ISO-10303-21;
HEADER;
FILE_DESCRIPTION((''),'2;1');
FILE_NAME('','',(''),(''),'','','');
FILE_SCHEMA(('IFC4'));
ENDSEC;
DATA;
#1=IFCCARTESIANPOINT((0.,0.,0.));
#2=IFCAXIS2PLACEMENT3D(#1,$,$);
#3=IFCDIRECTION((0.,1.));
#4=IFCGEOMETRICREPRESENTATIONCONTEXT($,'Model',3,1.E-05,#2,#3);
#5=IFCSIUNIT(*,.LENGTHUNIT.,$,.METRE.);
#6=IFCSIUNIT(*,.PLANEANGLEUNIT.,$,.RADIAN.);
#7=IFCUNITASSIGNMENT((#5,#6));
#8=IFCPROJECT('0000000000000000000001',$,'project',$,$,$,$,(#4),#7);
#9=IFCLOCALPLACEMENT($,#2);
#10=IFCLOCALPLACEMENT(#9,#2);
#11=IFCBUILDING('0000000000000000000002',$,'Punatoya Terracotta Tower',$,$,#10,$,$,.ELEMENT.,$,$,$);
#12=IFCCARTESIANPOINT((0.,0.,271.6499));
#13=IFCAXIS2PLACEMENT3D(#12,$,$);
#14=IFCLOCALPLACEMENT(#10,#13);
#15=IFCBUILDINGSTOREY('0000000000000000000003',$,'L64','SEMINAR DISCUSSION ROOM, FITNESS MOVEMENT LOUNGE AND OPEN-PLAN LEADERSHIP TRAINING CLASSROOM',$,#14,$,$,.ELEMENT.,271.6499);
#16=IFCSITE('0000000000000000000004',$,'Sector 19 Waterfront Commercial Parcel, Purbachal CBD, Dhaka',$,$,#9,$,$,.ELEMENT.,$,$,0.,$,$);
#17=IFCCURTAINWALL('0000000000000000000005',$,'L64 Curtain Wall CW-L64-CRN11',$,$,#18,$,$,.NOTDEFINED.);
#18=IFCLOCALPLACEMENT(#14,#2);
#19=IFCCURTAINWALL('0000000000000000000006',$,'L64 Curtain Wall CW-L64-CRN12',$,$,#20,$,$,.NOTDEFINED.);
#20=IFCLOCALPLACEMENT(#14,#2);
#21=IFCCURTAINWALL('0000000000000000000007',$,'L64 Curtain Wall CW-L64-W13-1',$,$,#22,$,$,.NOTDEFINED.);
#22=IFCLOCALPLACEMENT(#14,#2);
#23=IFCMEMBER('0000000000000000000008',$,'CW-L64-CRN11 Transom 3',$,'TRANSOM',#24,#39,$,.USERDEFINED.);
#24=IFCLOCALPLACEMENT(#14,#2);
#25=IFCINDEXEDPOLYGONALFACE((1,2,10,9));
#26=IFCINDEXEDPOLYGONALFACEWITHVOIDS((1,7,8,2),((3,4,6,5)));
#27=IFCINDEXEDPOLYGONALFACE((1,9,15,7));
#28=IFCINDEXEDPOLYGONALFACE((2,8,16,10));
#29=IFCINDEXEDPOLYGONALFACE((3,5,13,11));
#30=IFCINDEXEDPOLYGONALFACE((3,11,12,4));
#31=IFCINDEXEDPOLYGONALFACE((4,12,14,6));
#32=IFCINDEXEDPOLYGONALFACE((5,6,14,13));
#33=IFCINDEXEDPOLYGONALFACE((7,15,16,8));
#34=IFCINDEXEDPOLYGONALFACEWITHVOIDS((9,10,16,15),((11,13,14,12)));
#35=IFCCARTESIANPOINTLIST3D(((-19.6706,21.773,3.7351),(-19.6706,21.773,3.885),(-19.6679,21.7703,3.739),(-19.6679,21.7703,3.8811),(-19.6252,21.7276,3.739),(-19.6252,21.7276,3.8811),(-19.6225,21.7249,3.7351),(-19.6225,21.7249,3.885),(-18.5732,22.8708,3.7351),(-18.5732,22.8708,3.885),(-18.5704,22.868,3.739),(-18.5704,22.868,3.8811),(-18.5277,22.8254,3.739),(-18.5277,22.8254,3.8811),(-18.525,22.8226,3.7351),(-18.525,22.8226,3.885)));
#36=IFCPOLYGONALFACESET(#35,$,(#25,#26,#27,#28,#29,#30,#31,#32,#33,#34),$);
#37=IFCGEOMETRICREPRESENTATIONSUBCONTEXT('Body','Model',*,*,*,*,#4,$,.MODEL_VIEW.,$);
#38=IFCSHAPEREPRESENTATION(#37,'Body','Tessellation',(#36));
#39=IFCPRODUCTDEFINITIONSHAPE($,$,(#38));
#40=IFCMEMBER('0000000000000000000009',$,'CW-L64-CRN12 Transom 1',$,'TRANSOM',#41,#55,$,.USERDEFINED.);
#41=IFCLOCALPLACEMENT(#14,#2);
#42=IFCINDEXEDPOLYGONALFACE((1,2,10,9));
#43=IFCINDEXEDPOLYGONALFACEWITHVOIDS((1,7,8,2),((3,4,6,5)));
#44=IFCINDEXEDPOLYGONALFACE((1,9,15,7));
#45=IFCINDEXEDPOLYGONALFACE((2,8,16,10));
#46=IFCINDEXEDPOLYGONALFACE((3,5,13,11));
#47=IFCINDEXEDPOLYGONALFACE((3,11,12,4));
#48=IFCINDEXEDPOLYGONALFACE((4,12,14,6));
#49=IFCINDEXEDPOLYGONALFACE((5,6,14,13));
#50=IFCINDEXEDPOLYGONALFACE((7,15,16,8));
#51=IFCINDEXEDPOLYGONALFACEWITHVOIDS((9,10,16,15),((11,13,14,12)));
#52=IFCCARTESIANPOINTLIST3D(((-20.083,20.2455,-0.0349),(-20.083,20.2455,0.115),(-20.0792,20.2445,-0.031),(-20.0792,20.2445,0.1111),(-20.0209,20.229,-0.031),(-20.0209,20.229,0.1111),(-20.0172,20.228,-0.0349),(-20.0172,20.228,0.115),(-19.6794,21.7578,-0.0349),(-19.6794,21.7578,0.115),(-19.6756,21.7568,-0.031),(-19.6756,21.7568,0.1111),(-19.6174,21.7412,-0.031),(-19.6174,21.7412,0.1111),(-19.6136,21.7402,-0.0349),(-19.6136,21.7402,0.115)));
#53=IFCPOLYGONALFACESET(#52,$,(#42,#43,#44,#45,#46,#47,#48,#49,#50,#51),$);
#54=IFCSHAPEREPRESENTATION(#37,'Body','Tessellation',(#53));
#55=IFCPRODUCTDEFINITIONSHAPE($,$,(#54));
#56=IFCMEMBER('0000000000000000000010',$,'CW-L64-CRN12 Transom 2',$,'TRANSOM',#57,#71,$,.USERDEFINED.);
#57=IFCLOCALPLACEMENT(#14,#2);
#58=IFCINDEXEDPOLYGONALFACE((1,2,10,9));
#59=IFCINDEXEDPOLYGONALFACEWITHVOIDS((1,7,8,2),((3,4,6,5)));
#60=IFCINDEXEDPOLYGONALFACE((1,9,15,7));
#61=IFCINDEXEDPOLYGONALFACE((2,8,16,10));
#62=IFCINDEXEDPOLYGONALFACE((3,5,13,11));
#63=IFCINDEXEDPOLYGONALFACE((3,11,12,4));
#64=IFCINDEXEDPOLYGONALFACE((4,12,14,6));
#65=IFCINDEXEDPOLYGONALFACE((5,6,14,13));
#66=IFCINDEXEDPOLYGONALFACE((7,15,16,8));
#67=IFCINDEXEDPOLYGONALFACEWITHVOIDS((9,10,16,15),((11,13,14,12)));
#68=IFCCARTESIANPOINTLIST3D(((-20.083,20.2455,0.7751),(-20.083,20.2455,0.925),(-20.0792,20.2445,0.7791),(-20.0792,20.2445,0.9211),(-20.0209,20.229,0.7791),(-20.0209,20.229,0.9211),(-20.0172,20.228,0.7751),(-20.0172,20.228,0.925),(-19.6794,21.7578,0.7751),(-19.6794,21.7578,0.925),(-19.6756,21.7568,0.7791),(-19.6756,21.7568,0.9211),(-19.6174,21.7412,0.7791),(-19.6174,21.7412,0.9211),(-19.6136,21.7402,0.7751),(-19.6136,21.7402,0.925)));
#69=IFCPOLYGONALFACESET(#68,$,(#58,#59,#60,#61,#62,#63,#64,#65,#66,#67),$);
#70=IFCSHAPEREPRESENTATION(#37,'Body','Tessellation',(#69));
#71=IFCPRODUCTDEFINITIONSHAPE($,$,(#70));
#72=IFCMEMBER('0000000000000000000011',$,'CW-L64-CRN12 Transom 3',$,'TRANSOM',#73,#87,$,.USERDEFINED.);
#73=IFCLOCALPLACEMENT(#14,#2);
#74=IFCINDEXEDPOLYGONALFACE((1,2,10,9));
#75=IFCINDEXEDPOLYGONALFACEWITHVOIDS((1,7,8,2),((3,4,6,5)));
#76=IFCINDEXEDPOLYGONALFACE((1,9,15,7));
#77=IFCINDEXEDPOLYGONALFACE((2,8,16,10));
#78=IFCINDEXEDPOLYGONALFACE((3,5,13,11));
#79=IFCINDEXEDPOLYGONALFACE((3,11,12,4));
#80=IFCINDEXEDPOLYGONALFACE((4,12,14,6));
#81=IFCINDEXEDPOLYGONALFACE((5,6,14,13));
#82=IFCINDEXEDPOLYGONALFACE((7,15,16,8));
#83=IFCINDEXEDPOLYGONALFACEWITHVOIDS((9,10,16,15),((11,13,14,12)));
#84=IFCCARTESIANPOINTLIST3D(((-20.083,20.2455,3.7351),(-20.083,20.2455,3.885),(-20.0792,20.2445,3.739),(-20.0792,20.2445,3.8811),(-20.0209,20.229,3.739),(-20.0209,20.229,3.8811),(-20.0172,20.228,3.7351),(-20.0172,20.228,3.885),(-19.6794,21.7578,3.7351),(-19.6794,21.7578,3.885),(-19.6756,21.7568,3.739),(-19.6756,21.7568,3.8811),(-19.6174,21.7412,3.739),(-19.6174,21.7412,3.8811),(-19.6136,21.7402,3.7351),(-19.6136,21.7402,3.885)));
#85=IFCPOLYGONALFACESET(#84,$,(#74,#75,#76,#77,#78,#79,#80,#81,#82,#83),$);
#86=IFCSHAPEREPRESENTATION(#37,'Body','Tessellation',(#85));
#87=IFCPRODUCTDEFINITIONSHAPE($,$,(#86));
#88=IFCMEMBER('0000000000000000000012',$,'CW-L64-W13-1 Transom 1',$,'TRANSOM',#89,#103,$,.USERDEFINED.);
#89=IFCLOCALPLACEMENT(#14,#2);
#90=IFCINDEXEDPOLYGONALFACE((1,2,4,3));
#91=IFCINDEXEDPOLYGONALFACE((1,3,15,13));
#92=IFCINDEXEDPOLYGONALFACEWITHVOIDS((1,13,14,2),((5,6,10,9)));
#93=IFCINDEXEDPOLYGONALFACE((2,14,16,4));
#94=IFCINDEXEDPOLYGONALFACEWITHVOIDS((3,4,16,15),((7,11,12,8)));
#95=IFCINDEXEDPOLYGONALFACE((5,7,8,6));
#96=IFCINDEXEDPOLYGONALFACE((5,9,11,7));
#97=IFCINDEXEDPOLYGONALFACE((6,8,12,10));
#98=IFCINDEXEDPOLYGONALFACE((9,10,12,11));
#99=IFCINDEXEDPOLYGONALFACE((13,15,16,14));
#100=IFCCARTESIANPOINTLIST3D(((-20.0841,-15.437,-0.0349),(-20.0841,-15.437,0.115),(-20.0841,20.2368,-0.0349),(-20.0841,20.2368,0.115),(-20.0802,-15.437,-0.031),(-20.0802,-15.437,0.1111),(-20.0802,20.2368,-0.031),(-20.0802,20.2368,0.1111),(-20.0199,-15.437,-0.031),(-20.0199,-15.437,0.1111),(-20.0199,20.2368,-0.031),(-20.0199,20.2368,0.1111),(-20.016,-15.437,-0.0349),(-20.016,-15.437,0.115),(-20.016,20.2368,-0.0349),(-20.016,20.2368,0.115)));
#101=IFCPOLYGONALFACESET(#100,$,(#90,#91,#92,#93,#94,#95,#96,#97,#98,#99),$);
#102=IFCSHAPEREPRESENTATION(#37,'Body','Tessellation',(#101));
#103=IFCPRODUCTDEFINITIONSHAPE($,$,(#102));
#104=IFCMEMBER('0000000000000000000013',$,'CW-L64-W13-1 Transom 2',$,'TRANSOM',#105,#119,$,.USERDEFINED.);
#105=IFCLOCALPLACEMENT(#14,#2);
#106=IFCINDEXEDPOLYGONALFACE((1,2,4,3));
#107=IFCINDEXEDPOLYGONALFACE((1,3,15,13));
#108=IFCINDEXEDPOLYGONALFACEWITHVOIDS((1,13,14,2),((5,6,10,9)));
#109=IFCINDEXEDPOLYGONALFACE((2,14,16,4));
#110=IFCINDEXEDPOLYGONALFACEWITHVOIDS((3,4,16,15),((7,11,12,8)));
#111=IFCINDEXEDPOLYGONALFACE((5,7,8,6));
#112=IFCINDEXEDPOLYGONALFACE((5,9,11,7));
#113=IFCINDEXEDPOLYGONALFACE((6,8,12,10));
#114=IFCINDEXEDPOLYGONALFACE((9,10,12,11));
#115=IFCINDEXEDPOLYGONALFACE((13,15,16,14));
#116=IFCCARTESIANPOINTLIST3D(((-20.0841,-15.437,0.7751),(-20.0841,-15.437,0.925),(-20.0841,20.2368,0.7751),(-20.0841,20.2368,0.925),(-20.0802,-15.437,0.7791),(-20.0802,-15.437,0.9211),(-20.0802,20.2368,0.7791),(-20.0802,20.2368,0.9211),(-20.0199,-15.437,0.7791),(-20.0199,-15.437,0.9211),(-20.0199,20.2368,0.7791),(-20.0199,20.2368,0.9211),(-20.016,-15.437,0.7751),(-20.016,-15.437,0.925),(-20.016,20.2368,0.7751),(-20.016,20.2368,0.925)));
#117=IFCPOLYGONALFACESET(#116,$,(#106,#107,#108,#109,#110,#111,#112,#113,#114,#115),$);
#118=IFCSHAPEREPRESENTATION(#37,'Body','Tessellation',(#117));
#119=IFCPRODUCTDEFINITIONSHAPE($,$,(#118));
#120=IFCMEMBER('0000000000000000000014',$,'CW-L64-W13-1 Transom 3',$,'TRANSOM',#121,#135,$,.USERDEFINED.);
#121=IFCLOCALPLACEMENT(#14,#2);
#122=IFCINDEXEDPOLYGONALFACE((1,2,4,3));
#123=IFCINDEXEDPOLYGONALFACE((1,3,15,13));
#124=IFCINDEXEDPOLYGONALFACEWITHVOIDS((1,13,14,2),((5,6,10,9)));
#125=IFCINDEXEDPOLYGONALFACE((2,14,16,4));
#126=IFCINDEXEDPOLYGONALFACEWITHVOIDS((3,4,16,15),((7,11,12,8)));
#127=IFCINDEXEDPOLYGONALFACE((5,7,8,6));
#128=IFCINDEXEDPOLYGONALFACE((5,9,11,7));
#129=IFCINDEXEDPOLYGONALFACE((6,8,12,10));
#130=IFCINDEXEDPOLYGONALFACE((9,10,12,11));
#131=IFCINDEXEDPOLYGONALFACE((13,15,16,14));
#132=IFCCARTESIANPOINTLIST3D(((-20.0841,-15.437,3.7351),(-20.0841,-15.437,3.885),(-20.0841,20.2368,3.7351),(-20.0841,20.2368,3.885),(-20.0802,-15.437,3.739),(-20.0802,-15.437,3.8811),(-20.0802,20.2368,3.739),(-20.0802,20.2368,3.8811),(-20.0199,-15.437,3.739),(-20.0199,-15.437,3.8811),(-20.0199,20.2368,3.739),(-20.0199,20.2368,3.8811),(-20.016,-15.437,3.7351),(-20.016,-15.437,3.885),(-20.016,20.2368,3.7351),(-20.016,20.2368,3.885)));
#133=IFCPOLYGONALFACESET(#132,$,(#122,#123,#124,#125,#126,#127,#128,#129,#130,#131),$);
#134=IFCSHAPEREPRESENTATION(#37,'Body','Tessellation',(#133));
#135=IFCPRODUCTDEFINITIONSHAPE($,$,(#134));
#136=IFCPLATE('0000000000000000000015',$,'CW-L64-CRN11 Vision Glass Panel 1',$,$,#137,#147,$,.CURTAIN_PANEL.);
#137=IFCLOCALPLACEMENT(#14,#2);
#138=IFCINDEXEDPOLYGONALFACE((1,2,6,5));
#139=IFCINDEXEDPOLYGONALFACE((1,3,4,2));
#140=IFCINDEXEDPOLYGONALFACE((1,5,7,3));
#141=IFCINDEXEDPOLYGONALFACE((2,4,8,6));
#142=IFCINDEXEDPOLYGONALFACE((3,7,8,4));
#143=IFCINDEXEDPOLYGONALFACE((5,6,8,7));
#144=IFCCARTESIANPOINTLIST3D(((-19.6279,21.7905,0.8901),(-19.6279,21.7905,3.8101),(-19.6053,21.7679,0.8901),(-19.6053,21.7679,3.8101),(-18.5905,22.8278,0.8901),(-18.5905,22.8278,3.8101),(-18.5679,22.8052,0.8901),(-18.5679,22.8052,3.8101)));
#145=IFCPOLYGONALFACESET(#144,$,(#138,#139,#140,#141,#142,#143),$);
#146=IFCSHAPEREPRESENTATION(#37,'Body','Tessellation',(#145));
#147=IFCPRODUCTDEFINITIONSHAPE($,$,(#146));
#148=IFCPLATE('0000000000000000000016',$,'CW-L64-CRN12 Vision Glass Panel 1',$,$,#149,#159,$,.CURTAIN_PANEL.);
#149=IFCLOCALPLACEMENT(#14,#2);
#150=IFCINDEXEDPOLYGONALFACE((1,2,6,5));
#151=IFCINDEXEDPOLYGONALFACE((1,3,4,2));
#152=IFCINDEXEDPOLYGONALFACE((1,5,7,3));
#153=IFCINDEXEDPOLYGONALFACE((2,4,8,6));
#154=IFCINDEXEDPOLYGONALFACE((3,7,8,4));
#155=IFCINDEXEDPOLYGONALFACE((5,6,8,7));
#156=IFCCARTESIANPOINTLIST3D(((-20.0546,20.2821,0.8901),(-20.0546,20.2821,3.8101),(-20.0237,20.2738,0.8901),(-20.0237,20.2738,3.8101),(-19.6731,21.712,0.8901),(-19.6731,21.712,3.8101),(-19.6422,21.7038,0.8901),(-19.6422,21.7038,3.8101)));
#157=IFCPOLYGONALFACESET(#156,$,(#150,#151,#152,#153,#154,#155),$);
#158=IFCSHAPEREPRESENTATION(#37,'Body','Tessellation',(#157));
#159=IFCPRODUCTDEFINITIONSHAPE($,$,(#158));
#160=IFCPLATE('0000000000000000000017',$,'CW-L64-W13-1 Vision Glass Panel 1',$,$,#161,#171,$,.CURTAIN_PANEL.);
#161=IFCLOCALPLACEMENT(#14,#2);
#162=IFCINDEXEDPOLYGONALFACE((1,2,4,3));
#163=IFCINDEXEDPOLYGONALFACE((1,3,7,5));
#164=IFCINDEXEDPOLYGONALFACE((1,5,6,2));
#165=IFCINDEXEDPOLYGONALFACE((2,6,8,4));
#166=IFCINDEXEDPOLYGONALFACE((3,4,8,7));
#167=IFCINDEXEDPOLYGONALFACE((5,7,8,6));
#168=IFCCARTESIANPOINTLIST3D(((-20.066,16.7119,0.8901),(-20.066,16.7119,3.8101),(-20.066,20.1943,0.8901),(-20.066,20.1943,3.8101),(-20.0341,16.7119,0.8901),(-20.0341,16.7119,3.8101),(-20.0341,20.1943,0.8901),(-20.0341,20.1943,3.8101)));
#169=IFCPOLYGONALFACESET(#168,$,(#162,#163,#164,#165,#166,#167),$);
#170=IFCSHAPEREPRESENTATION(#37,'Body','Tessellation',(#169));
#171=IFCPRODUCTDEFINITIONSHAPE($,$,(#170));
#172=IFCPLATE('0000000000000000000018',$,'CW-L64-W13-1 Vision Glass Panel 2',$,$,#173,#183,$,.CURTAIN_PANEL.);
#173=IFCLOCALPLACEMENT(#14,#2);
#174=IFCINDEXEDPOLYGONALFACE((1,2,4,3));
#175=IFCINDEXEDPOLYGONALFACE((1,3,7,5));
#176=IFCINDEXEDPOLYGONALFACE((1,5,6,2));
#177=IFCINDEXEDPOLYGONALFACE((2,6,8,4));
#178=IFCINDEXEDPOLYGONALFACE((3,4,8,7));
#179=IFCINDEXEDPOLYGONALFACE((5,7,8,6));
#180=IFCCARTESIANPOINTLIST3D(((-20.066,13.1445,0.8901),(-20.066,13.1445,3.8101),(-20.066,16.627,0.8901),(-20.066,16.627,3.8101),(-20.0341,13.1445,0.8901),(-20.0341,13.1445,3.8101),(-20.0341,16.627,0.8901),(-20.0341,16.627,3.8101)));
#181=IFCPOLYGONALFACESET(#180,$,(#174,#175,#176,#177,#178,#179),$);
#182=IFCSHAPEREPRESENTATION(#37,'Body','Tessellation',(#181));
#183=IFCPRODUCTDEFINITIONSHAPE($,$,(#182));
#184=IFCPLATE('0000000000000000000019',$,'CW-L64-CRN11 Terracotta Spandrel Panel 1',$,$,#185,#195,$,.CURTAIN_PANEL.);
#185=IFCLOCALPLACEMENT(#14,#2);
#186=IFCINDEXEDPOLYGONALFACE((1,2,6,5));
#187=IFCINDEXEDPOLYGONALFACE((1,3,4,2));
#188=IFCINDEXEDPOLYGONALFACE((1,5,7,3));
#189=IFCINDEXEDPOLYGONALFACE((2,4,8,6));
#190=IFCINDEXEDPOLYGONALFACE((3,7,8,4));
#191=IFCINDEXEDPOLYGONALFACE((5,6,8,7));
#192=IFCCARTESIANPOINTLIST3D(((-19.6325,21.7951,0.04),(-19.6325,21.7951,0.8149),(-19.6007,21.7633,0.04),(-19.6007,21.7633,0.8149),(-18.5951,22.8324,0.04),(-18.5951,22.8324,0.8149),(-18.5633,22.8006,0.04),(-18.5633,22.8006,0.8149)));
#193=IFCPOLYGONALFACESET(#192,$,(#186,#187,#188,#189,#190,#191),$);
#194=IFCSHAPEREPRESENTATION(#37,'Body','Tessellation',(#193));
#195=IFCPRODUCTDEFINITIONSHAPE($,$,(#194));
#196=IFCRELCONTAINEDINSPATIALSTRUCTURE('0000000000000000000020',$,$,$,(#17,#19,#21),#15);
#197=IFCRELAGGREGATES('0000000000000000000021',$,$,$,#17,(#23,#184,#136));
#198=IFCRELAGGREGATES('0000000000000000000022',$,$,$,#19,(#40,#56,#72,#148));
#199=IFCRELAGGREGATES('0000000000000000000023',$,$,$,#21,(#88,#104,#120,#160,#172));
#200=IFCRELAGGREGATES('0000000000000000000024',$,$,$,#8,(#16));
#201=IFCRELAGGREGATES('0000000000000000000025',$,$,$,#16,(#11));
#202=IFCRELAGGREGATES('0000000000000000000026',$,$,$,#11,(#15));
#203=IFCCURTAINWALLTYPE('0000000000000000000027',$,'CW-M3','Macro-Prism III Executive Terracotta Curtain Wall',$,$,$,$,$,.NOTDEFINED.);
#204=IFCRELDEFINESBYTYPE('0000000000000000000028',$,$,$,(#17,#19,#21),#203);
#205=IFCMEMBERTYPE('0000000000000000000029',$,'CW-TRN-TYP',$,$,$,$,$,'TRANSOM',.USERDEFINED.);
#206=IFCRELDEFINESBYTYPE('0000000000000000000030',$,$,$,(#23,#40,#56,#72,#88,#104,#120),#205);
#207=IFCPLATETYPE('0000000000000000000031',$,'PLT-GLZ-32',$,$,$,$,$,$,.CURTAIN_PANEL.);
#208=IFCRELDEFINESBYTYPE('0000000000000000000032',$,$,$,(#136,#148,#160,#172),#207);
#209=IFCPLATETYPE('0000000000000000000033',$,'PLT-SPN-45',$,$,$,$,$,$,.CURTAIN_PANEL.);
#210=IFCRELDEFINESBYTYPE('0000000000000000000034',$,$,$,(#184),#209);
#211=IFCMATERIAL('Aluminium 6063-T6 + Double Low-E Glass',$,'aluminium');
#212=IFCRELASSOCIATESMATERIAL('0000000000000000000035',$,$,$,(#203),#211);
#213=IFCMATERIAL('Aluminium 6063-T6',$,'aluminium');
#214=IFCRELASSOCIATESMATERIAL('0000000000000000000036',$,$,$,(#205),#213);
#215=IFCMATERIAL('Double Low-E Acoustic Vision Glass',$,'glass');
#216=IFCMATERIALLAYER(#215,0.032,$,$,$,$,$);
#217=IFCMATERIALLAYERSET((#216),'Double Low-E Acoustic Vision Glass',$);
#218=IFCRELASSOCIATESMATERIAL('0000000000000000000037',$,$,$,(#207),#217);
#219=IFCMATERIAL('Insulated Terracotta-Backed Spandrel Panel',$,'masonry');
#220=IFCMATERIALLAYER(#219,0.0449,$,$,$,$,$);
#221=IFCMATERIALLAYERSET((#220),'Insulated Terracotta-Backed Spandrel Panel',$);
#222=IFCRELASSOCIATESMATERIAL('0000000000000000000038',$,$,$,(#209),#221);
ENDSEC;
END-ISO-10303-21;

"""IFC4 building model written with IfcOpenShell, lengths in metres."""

from ifc_helpers import new_model, si_unit, direction, frame, origin, origin_2d, place, context, subcontext, project, spatial, rectangle, hollow_rectangle, extrude, material, layer, layer_set, material_profile, profile_set, type_object, element, aggregate, save


model = new_model("IFC4")

# Units and contexts
model_context = context("Model", 3, precision=1e-05, world=origin(), true_north=direction((0.0, 1.0)))
body_context = subcontext(model_context, "Body", "Model", "MODEL_VIEW")
ifc_project = project(units=[si_unit("LENGTHUNIT", "METRE"), si_unit("PLANEANGLEUNIT", "RADIAN")], contexts=[model_context])

# Site, building, storey
site_placement = place(None, origin())
site = spatial("IfcSite", under=ifc_project, at=site_placement, Name="Sector 19 Waterfront Commercial Parcel, Purbachal CBD, Dhaka", CompositionType="ELEMENT", RefElevation=0.0)
building_placement = place(site_placement, origin())
building = spatial("IfcBuilding", under=site, at=building_placement, Name="Punatoya Terracotta Tower", CompositionType="ELEMENT")
storey_placement = place(building_placement, frame((0.0, 0.0, 271.6499)))
storey = spatial("IfcBuildingStorey", under=building, at=storey_placement, Name="L64", Description="SEMINAR DISCUSSION ROOM, FITNESS MOVEMENT LOUNGE AND OPEN-PLAN LEADERSHIP TRAINING CLASSROOM", CompositionType="ELEMENT", Elevation=271.6499)

# Curtain walls
ifc_material_1 = material(Name="Aluminium 6063-T6 + Double Low-E Glass", Category="aluminium")
curtain_wall_type = type_object("IfcCurtainWallType", Name="CW-M3", Description="Macro-Prism III Executive Terracotta Curtain Wall", PredefinedType="NOTDEFINED", material=ifc_material_1)
curtain_wall_1_placement = place(storey_placement, origin())
curtain_wall_1 = element("IfcCurtainWall", 1, at=curtain_wall_1_placement, inside=storey, type_object=curtain_wall_type, Name="L64 Curtain Wall CW-L64-CRN11", PredefinedType="NOTDEFINED")
ifc_material_2 = material(Name="Aluminium 6063-T6", Category="aluminium")
curtain_wall_2_placement = place(storey_placement, origin())
curtain_wall_2 = element("IfcCurtainWall", 2, at=curtain_wall_2_placement, inside=storey, type_object=curtain_wall_type, Name="L64 Curtain Wall CW-L64-CRN12", PredefinedType="NOTDEFINED")
curtain_wall_3_placement = place(storey_placement, origin())
curtain_wall_3 = element("IfcCurtainWall", 3, at=curtain_wall_3_placement, inside=storey, type_object=curtain_wall_type, Name="L64 Curtain Wall CW-L64-W13-1", PredefinedType="NOTDEFINED")

# Members
ifc_material_profile_1 = material_profile(ifc_material_2, hollow_rectangle(XDim=0.0681, YDim=0.1499, WallThickness=0.0039, at=origin_2d()))
ifc_profile_set_1 = profile_set([ifc_material_profile_1], Name="Aluminium 6063-T6")
member_type_1 = type_object("IfcMemberType", Name="CW-TRN-TYP", ElementType="TRANSOM", PredefinedType="USERDEFINED", material=ifc_profile_set_1)
member_1_placement = place(storey_placement, frame((-18.5491, 22.8467, 3.8101), z_axis=(-0.707028, -0.707185, 0.0), x_axis=(0.707185, -0.707028, 0.0)))
member_1 = element("IfcMember", 4, at=member_1_placement, type_object=member_type_1, Name="CW-L64-CRN11 Transom 3", ObjectType="TRANSOM", PredefinedType="USERDEFINED", context=body_context, shape_type="SweptSolid", body=[
    extrude(hollow_rectangle(XDim=0.0681, YDim=0.1499, WallThickness=0.0039, at=origin_2d()), origin(), (0.0, 0.0, 1.0), 1.5522),
])
member_2_placement = place(storey_placement, frame((-19.6465, 21.749, 0.04), z_axis=(-0.257847, -0.966186, 0.0), x_axis=(0.966186, -0.257847, 0.0)))
member_2 = element("IfcMember", 5, at=member_2_placement, type_object=member_type_1, Name="CW-L64-CRN12 Transom 1", ObjectType="TRANSOM", PredefinedType="USERDEFINED", context=body_context, shape_type="SweptSolid", body=[
    extrude(hollow_rectangle(XDim=0.0681, YDim=0.1499, WallThickness=0.0039, at=origin_2d()), origin(), (0.0, 0.0, 1.0), 1.5652),
])
member_3_placement = place(storey_placement, frame((-19.6465, 21.749, 0.8501), z_axis=(-0.257847, -0.966186, 0.0), x_axis=(0.966186, -0.257847, 0.0)))
member_3 = element("IfcMember", 6, at=member_3_placement, type_object=member_type_1, Name="CW-L64-CRN12 Transom 2", ObjectType="TRANSOM", PredefinedType="USERDEFINED", context=body_context, shape_type="SweptSolid", body=[
    extrude(hollow_rectangle(XDim=0.0681, YDim=0.1499, WallThickness=0.0039, at=origin_2d()), origin(), (0.0, 0.0, 1.0), 1.5652),
])
member_4_placement = place(storey_placement, frame((-19.6465, 21.749, 3.8101), z_axis=(-0.257847, -0.966186, 0.0), x_axis=(0.966186, -0.257847, 0.0)))
member_4 = element("IfcMember", 7, at=member_4_placement, type_object=member_type_1, Name="CW-L64-CRN12 Transom 3", ObjectType="TRANSOM", PredefinedType="USERDEFINED", context=body_context, shape_type="SweptSolid", body=[
    extrude(hollow_rectangle(XDim=0.0681, YDim=0.1499, WallThickness=0.0039, at=origin_2d()), origin(), (0.0, 0.0, 1.0), 1.5652),
])
member_5_placement = place(storey_placement, frame((-20.05, 20.2368, 0.04), z_axis=(0.0, -1.0, 0.0), x_axis=(1.0, 0.0, 0.0)))
member_5 = element("IfcMember", 8, at=member_5_placement, type_object=member_type_1, Name="CW-L64-W13-1 Transom 1", ObjectType="TRANSOM", PredefinedType="USERDEFINED", context=body_context, shape_type="SweptSolid", body=[
    extrude(hollow_rectangle(XDim=0.0681, YDim=0.1499, WallThickness=0.0039, at=origin_2d()), origin(), (0.0, 0.0, 1.0), 35.6738),
])
member_6_placement = place(storey_placement, frame((-20.05, 20.2368, 0.8501), z_axis=(0.0, -1.0, 0.0), x_axis=(1.0, 0.0, 0.0)))
member_6 = element("IfcMember", 9, at=member_6_placement, type_object=member_type_1, Name="CW-L64-W13-1 Transom 2", ObjectType="TRANSOM", PredefinedType="USERDEFINED", context=body_context, shape_type="SweptSolid", body=[
    extrude(hollow_rectangle(XDim=0.0681, YDim=0.1499, WallThickness=0.0039, at=origin_2d()), origin(), (0.0, 0.0, 1.0), 35.6738),
])
member_7_placement = place(storey_placement, frame((-20.05, 20.2368, 3.8101), z_axis=(0.0, -1.0, 0.0), x_axis=(1.0, 0.0, 0.0)))
member_7 = element("IfcMember", 10, at=member_7_placement, type_object=member_type_1, Name="CW-L64-W13-1 Transom 3", ObjectType="TRANSOM", PredefinedType="USERDEFINED", context=body_context, shape_type="SweptSolid", body=[
    extrude(hollow_rectangle(XDim=0.0681, YDim=0.1499, WallThickness=0.0039, at=origin_2d()), origin(), (0.0, 0.0, 1.0), 35.6738),
])

# Plates
ifc_material_3 = material(Name="Double Low-E Acoustic Vision Glass", Category="glass")
ifc_layer_1 = layer(ifc_material_3, 0.032)
ifc_layer_set_1 = layer_set([ifc_layer_1], Name="Double Low-E Acoustic Vision Glass")
plate_type_1 = type_object("IfcPlateType", Name="PLT-GLZ-32", PredefinedType="CURTAIN_PANEL", material=ifc_layer_set_1)
plate_1_placement = place(storey_placement, frame((-19.0979, 22.2979, 0.8901), z_axis=(0.0, 0.0, 1.0), x_axis=(-0.707107, -0.707107, 0.0)))
plate_1 = element("IfcPlate", 11, at=plate_1_placement, type_object=plate_type_1, Name="CW-L64-CRN11 Vision Glass Panel 1", PredefinedType="CURTAIN_PANEL", context=body_context, shape_type="SweptSolid", body=[
    extrude(rectangle(XDim=1.467, YDim=0.032, at=origin_2d()), origin(), (0.0, 0.0, 1.0), 2.9199),
])
plate_2_placement = place(storey_placement, frame((-19.8484, 20.9929, 0.8901), z_axis=(0.0, 0.0, 1.0), x_axis=(-0.257742, -0.966214, 0.0)))
plate_2 = element("IfcPlate", 12, at=plate_2_placement, type_object=plate_type_1, Name="CW-L64-CRN12 Vision Glass Panel 1", PredefinedType="CURTAIN_PANEL", context=body_context, shape_type="SweptSolid", body=[
    extrude(rectangle(XDim=1.48, YDim=0.032, at=origin_2d()), origin(), (0.0, 0.0, 1.0), 2.9199),
])
plate_3_placement = place(storey_placement, frame((-20.05, 18.4531, 0.8901), z_axis=(0.0, 0.0, 1.0), x_axis=(0.0, -1.0, 0.0)))
plate_3 = element("IfcPlate", 13, at=plate_3_placement, type_object=plate_type_1, Name="CW-L64-W13-1 Vision Glass Panel 1", PredefinedType="CURTAIN_PANEL", context=body_context, shape_type="SweptSolid", body=[
    extrude(rectangle(XDim=3.4824, YDim=0.032, at=origin_2d()), origin(), (0.0, 0.0, 1.0), 2.9199),
])
plate_4_placement = place(storey_placement, frame((-20.05, 14.8857, 0.8901), z_axis=(0.0, 0.0, 1.0), x_axis=(0.0, -1.0, 0.0)))
plate_4 = element("IfcPlate", 14, at=plate_4_placement, type_object=plate_type_1, Name="CW-L64-W13-1 Vision Glass Panel 2", PredefinedType="CURTAIN_PANEL", context=body_context, shape_type="SweptSolid", body=[
    extrude(rectangle(XDim=3.4824, YDim=0.032, at=origin_2d()), origin(), (0.0, 0.0, 1.0), 2.9199),
])
ifc_material_4 = material(Name="Insulated Terracotta-Backed Spandrel Panel", Category="masonry")
ifc_layer_2 = layer(ifc_material_4, 0.0449)
ifc_layer_set_2 = layer_set([ifc_layer_2], Name="Insulated Terracotta-Backed Spandrel Panel")
plate_type_2 = type_object("IfcPlateType", Name="PLT-SPN-45", PredefinedType="CURTAIN_PANEL", material=ifc_layer_set_2)
plate_5_placement = place(storey_placement, frame((-19.0979, 22.2979, 0.04), z_axis=(0.0, 0.0, 1.0), x_axis=(-0.707107, -0.707107, 0.0)))
plate_5 = element("IfcPlate", 15, at=plate_5_placement, type_object=plate_type_2, Name="CW-L64-CRN11 Terracotta Spandrel Panel 1", PredefinedType="CURTAIN_PANEL", context=body_context, shape_type="SweptSolid", body=[
    extrude(rectangle(XDim=1.467, YDim=0.0449, at=origin_2d()), origin(), (0.0, 0.0, 1.0), 0.7749),
])
aggregate(curtain_wall_1, [member_1, plate_5, plate_1])
aggregate(curtain_wall_2, [member_2, member_3, member_4, plate_2])
aggregate(curtain_wall_3, [member_5, member_6, member_7, plate_3, plate_4])

save(model, "model.ifc")
